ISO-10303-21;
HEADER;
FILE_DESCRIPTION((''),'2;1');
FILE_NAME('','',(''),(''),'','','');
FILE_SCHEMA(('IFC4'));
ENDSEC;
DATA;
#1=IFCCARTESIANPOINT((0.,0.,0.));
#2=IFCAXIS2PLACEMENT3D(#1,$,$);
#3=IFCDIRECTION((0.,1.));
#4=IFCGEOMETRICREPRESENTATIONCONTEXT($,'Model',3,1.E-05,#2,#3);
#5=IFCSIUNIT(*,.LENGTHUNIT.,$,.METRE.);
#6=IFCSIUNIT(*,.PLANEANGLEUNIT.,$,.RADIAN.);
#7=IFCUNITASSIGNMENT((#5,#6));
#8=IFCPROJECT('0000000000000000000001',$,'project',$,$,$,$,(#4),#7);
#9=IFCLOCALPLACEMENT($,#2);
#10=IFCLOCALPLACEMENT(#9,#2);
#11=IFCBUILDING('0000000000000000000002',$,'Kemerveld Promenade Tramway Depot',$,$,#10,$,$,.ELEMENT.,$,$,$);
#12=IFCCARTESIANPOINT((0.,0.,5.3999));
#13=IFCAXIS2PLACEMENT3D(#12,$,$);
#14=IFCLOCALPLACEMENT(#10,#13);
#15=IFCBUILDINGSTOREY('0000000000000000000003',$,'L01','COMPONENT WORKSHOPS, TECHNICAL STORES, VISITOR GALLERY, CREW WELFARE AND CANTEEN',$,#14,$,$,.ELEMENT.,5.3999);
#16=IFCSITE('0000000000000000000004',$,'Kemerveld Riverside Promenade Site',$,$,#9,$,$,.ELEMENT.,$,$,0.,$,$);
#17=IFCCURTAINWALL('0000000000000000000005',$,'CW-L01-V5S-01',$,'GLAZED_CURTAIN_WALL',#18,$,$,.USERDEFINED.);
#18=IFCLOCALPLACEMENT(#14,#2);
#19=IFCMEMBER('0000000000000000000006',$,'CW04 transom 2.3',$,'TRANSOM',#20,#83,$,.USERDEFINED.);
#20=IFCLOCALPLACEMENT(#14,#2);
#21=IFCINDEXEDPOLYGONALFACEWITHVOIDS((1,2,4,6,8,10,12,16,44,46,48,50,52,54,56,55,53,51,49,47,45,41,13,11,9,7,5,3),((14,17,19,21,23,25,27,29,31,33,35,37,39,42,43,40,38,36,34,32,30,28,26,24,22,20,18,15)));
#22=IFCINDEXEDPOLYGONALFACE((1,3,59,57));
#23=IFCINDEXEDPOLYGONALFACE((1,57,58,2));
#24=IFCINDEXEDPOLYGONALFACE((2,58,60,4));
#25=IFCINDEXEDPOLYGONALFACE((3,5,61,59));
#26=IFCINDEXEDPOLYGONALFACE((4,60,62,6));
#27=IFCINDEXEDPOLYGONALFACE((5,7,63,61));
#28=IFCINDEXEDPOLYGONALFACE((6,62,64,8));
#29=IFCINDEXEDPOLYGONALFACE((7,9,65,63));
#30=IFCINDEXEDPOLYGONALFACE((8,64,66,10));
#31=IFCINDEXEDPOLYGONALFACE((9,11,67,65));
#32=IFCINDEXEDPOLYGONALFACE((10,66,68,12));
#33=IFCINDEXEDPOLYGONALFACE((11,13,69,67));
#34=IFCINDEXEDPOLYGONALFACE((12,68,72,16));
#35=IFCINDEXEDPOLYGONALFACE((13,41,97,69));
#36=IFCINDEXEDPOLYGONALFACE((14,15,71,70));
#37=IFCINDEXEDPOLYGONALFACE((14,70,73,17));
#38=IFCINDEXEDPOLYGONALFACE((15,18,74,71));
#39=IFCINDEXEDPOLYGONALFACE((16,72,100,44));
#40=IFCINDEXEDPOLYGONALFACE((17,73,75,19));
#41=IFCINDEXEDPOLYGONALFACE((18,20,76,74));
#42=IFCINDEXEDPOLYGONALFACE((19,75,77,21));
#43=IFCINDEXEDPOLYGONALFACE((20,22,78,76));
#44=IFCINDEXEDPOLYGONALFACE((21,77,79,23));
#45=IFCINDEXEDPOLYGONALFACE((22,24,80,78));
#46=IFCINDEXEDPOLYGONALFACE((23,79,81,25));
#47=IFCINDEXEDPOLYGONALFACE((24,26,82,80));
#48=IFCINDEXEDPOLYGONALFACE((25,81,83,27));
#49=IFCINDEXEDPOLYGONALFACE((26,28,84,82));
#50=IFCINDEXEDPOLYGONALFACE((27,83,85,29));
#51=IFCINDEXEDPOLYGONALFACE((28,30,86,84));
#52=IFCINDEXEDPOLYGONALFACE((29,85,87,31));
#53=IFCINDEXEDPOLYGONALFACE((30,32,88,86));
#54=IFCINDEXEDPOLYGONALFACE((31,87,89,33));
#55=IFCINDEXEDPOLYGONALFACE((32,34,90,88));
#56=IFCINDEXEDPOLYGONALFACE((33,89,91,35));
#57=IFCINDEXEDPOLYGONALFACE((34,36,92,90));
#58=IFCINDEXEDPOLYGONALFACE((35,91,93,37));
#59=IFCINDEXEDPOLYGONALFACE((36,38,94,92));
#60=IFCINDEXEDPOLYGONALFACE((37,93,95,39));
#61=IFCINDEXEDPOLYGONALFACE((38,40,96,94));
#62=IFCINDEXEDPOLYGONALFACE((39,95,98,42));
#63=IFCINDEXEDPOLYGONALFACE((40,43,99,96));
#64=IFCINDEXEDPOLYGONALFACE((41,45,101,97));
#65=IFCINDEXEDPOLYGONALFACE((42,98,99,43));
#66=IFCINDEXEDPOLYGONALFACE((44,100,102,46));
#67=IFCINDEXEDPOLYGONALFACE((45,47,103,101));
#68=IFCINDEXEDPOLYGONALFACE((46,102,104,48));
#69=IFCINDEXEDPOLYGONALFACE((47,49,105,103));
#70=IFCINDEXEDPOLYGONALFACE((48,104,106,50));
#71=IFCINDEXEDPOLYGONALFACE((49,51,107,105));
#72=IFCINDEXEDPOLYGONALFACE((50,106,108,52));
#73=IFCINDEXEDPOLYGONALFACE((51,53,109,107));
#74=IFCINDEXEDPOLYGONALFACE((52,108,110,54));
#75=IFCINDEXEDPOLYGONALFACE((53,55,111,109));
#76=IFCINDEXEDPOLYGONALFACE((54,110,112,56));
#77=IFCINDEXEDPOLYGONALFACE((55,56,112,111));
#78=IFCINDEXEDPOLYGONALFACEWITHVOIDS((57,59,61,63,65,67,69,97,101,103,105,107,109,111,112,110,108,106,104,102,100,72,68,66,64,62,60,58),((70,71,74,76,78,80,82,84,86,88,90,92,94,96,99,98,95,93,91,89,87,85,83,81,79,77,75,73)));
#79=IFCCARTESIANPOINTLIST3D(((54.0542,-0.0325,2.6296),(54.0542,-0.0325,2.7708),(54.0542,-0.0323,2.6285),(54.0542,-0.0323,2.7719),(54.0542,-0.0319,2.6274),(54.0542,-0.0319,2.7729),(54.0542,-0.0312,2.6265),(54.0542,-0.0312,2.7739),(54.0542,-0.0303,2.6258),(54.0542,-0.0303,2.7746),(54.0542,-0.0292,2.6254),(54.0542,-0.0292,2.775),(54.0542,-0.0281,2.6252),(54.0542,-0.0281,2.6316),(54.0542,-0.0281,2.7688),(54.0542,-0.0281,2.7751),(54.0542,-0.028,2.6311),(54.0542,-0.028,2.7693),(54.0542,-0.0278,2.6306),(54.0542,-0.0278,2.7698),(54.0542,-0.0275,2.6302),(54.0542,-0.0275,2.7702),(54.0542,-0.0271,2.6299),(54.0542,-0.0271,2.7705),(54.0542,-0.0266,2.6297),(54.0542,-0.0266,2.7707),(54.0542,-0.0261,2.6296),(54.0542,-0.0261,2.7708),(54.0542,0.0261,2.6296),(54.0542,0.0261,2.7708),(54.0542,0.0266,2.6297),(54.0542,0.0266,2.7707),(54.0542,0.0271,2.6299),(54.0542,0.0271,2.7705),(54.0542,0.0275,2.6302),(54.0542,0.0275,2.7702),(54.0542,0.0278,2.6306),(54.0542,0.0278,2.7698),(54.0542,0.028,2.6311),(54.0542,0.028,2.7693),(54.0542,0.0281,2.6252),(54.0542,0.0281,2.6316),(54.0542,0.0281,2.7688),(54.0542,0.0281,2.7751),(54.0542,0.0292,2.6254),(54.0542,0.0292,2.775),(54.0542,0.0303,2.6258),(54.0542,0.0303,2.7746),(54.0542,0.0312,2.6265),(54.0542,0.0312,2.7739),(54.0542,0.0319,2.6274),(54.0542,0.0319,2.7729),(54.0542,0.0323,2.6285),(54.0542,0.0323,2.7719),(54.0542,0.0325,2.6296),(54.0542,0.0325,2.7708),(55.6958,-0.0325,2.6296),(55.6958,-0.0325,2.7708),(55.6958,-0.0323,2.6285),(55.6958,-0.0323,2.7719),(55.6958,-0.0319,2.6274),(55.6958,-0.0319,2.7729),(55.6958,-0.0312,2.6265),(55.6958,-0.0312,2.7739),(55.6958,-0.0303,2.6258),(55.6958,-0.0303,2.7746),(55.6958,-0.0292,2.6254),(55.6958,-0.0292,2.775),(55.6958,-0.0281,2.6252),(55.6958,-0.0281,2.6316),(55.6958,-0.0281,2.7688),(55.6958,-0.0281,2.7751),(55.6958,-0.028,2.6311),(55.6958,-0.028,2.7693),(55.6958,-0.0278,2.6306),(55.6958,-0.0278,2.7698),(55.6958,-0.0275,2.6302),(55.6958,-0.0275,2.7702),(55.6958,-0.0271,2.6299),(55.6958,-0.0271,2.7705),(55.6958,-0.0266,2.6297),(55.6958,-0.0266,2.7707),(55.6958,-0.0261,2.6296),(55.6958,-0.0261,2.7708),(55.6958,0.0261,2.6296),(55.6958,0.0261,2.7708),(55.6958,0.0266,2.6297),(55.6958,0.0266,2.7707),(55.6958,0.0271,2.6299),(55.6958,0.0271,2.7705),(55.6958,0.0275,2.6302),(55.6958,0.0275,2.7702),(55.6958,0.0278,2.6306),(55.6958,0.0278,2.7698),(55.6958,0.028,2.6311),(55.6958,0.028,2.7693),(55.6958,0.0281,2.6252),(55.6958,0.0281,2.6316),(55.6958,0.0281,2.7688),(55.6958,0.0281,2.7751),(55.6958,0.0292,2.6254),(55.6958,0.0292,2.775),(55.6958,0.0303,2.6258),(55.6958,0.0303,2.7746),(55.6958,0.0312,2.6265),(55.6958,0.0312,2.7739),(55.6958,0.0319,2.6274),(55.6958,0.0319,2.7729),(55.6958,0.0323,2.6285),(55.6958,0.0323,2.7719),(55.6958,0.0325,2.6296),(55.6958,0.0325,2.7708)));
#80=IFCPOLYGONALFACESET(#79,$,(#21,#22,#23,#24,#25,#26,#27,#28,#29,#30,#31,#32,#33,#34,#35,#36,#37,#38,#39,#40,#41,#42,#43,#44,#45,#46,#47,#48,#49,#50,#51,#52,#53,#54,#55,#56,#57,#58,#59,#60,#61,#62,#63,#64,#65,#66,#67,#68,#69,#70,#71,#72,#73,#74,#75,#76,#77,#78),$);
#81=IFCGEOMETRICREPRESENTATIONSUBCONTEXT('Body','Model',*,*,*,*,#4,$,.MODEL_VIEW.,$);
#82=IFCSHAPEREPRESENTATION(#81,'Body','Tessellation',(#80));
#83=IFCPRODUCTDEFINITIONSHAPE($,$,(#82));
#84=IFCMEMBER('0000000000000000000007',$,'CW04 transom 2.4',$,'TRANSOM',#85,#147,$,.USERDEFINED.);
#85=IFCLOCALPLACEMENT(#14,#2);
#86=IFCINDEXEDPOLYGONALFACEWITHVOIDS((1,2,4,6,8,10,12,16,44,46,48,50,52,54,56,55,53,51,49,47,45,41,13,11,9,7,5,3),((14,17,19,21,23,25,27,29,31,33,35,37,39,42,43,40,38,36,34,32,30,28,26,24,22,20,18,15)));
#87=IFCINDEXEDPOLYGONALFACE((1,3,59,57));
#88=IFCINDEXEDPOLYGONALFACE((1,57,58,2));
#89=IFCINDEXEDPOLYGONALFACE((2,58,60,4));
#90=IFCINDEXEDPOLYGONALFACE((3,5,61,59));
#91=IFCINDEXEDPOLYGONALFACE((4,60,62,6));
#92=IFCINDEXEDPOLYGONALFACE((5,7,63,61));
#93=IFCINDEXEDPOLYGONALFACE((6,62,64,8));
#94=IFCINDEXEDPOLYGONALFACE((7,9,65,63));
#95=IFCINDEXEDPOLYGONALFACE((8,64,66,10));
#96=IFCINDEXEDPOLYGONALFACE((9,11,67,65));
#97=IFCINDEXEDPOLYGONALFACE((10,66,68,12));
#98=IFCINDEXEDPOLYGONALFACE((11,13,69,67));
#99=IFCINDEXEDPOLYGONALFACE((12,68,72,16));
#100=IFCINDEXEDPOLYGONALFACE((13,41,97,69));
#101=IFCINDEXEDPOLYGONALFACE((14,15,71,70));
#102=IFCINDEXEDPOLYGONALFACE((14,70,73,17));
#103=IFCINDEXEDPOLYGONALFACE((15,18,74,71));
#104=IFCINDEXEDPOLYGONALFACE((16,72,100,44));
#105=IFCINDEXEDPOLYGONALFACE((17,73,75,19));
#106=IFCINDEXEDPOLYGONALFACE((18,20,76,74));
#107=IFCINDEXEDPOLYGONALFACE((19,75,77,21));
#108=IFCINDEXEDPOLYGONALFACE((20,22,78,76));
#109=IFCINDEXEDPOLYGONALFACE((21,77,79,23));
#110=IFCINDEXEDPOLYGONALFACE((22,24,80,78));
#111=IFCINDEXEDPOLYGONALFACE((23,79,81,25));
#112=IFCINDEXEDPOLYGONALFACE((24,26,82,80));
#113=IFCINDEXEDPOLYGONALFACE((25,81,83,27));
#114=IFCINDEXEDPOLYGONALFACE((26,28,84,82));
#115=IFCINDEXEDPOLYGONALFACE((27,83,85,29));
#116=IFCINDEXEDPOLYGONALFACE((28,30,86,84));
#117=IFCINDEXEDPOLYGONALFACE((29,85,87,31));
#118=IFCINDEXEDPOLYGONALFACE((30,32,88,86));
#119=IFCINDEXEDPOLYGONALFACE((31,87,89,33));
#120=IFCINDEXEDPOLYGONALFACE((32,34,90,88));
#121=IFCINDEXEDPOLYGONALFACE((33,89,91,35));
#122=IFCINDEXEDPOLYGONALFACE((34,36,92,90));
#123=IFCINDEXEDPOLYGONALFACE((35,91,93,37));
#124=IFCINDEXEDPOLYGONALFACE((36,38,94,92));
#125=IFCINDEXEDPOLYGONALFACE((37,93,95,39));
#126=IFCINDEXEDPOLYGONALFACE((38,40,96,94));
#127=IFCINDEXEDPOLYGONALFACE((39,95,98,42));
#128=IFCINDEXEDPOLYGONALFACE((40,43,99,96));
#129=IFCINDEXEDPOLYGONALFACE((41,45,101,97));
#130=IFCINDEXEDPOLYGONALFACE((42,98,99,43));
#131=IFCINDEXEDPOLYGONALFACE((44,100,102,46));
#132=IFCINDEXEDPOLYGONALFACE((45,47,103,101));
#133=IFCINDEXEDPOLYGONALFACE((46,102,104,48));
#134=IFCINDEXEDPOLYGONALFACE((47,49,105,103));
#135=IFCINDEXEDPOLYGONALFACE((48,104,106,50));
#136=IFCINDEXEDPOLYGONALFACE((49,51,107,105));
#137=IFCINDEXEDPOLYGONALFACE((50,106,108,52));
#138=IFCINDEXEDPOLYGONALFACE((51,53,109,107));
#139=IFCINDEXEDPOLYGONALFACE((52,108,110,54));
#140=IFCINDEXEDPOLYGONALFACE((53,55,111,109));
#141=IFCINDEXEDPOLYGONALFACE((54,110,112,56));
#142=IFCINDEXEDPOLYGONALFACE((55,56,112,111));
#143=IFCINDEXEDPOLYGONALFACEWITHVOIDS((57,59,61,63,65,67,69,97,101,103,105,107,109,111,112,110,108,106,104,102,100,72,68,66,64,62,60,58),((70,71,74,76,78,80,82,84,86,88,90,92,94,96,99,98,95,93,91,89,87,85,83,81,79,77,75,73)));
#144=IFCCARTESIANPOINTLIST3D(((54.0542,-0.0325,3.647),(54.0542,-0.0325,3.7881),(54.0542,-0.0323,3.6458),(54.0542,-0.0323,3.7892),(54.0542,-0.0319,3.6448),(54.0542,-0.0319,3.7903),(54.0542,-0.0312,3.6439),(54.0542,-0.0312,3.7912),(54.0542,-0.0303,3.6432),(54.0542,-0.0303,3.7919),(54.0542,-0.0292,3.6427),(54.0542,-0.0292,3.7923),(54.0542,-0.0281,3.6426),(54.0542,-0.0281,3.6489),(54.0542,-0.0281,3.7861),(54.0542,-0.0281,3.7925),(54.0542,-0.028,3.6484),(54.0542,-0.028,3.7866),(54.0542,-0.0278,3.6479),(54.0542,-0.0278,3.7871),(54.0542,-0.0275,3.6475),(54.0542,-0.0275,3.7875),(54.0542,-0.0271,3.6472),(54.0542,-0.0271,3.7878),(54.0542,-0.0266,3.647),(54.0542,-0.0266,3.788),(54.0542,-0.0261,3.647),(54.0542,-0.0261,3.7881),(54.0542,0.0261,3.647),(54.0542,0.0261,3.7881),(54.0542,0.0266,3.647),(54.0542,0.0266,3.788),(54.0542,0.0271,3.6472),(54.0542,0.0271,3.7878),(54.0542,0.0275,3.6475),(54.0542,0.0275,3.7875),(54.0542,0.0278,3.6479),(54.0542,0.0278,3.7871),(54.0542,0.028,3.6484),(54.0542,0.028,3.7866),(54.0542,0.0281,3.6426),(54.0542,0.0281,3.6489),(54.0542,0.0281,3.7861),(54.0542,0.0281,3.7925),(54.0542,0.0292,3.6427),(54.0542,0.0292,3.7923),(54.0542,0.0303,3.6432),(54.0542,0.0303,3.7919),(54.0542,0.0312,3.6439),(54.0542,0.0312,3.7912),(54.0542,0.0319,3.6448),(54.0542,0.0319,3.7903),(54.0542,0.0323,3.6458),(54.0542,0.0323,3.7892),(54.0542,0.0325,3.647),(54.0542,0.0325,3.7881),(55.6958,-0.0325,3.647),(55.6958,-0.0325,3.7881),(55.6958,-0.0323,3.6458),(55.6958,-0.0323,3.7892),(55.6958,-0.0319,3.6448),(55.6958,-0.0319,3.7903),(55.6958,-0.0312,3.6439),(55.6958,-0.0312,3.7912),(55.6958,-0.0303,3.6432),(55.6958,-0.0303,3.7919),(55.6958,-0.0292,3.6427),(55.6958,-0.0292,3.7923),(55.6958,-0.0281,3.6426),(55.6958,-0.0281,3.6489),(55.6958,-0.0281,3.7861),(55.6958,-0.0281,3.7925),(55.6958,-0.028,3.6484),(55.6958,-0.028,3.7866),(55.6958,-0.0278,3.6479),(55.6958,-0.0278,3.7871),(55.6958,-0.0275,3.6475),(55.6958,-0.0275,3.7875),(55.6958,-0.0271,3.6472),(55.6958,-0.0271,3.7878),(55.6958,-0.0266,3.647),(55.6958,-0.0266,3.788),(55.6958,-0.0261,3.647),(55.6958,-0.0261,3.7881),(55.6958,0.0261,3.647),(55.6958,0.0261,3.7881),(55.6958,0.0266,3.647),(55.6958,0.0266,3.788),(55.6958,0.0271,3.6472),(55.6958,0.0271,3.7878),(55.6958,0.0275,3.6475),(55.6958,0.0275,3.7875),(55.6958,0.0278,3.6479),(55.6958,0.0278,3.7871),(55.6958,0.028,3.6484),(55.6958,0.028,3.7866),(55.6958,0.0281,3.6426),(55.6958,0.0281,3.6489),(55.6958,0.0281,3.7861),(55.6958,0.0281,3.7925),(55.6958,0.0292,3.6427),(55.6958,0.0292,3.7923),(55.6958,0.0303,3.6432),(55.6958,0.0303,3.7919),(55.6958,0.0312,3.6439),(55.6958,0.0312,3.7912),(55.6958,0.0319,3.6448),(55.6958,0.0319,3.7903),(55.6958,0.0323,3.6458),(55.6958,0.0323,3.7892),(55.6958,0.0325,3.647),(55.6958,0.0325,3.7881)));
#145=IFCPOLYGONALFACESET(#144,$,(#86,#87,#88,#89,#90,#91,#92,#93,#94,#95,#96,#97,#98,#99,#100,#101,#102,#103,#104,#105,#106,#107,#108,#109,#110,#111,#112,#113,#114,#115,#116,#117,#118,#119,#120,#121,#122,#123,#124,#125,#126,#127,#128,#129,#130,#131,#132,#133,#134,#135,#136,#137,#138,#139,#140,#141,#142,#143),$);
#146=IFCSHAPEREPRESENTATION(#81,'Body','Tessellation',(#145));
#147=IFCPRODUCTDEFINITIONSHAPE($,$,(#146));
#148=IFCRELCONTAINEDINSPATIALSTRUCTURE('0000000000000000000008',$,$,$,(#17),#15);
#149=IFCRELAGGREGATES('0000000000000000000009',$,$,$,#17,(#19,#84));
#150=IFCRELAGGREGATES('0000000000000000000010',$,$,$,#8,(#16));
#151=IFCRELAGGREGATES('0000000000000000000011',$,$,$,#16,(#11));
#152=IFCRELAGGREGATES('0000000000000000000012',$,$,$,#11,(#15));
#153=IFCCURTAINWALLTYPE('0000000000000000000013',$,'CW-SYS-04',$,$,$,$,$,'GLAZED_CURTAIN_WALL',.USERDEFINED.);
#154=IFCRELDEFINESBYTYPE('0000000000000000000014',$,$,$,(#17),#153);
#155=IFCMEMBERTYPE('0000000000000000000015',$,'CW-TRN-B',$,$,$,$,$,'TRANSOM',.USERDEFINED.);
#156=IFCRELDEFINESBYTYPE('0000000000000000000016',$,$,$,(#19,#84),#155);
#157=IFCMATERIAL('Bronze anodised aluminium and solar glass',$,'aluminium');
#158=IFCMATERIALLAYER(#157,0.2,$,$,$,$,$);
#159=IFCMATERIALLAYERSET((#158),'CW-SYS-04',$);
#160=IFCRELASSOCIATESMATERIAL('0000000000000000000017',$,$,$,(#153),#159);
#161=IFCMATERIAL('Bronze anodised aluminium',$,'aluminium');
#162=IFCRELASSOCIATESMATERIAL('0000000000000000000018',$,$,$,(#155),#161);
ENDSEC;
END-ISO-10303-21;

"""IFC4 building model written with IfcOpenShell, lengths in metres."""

from ifc_helpers import new_model, si_unit, direction, frame, origin, origin_2d, place, context, subcontext, project, spatial, hollow_rectangle, extrude, material, layer, layer_set, material_profile, profile_set, type_object, element, aggregate, save


model = new_model("IFC4")

# Units and contexts
model_context = context("Model", 3, precision=1e-05, world=origin(), true_north=direction((0.0, 1.0)))
body_context = subcontext(model_context, "Body", "Model", "MODEL_VIEW")
ifc_project = project(units=[si_unit("LENGTHUNIT", "METRE"), si_unit("PLANEANGLEUNIT", "RADIAN")], contexts=[model_context])

# Site, building, storey
site_placement = place(None, origin())
site = spatial("IfcSite", under=ifc_project, at=site_placement, Name="Kemerveld Riverside Promenade Site", CompositionType="ELEMENT", RefElevation=0.0)
building_placement = place(site_placement, origin())
building = spatial("IfcBuilding", under=site, at=building_placement, Name="Kemerveld Promenade Tramway Depot", CompositionType="ELEMENT")
storey_placement = place(building_placement, frame((0.0, 0.0, 5.3999)))
storey = spatial("IfcBuildingStorey", under=building, at=storey_placement, Name="L01", Description="COMPONENT WORKSHOPS, TECHNICAL STORES, VISITOR GALLERY, CREW WELFARE AND CANTEEN", CompositionType="ELEMENT", Elevation=5.3999)

# Curtain wall, members
ifc_material_1 = material(Name="Bronze anodised aluminium and solar glass", Category="aluminium")
ifc_layer_1 = layer(ifc_material_1, 0.2)
ifc_layer_set_1 = layer_set([ifc_layer_1], Name="CW-SYS-04")
curtain_wall_type = type_object("IfcCurtainWallType", Name="CW-SYS-04", ElementType="GLAZED_CURTAIN_WALL", PredefinedType="USERDEFINED", material=ifc_layer_set_1)
curtain_wall_placement = place(storey_placement, origin())
curtain_wall = element("IfcCurtainWall", 1, at=curtain_wall_placement, inside=storey, type_object=curtain_wall_type, Name="CW-L01-V5S-01", ObjectType="GLAZED_CURTAIN_WALL", PredefinedType="USERDEFINED")
ifc_material_2 = material(Name="Bronze anodised aluminium", Category="aluminium")
ifc_material_profile_1 = material_profile(ifc_material_2, hollow_rectangle(XDim=0.0649, YDim=0.1499, WallThickness=0.0044, InnerFilletRadius=0.002, OuterFilletRadius=0.0044, at=origin_2d()), Name="CW-TRN-150x65")
ifc_profile_set_1 = profile_set([ifc_material_profile_1], Name="Bronze anodised aluminium")
member_type_1 = type_object("IfcMemberType", Name="CW-TRN-B", ElementType="TRANSOM", PredefinedType="USERDEFINED", material=ifc_profile_set_1)
member_1_placement = place(storey_placement, frame((55.6958, 0.0, 2.7002), z_axis=(-1.0, 0.0, 0.0), x_axis=(0.0, -1.0, 0.0)))
member_1 = element("IfcMember", 2, at=member_1_placement, type_object=member_type_1, Name="CW04 transom 2.3", ObjectType="TRANSOM", PredefinedType="USERDEFINED", context=body_context, shape_type="SweptSolid", body=[
    extrude(hollow_rectangle(XDim=0.0649, YDim=0.1499, WallThickness=0.0044, InnerFilletRadius=0.002, OuterFilletRadius=0.0044, at=origin_2d()), origin(), (0.0, 0.0, 1.0), 1.6416),
])
member_2_placement = place(storey_placement, frame((55.6958, 0.0, 3.7175), z_axis=(-1.0, 0.0, 0.0), x_axis=(0.0, -1.0, 0.0)))
member_2 = element("IfcMember", 3, at=member_2_placement, type_object=member_type_1, Name="CW04 transom 2.4", ObjectType="TRANSOM", PredefinedType="USERDEFINED", context=body_context, shape_type="SweptSolid", body=[
    extrude(hollow_rectangle(XDim=0.0649, YDim=0.1499, WallThickness=0.0044, InnerFilletRadius=0.002, OuterFilletRadius=0.0044, at=origin_2d()), origin(), (0.0, 0.0, 1.0), 1.6416),
])
aggregate(curtain_wall, [member_1, member_2])

save(model, "model.ifc")
